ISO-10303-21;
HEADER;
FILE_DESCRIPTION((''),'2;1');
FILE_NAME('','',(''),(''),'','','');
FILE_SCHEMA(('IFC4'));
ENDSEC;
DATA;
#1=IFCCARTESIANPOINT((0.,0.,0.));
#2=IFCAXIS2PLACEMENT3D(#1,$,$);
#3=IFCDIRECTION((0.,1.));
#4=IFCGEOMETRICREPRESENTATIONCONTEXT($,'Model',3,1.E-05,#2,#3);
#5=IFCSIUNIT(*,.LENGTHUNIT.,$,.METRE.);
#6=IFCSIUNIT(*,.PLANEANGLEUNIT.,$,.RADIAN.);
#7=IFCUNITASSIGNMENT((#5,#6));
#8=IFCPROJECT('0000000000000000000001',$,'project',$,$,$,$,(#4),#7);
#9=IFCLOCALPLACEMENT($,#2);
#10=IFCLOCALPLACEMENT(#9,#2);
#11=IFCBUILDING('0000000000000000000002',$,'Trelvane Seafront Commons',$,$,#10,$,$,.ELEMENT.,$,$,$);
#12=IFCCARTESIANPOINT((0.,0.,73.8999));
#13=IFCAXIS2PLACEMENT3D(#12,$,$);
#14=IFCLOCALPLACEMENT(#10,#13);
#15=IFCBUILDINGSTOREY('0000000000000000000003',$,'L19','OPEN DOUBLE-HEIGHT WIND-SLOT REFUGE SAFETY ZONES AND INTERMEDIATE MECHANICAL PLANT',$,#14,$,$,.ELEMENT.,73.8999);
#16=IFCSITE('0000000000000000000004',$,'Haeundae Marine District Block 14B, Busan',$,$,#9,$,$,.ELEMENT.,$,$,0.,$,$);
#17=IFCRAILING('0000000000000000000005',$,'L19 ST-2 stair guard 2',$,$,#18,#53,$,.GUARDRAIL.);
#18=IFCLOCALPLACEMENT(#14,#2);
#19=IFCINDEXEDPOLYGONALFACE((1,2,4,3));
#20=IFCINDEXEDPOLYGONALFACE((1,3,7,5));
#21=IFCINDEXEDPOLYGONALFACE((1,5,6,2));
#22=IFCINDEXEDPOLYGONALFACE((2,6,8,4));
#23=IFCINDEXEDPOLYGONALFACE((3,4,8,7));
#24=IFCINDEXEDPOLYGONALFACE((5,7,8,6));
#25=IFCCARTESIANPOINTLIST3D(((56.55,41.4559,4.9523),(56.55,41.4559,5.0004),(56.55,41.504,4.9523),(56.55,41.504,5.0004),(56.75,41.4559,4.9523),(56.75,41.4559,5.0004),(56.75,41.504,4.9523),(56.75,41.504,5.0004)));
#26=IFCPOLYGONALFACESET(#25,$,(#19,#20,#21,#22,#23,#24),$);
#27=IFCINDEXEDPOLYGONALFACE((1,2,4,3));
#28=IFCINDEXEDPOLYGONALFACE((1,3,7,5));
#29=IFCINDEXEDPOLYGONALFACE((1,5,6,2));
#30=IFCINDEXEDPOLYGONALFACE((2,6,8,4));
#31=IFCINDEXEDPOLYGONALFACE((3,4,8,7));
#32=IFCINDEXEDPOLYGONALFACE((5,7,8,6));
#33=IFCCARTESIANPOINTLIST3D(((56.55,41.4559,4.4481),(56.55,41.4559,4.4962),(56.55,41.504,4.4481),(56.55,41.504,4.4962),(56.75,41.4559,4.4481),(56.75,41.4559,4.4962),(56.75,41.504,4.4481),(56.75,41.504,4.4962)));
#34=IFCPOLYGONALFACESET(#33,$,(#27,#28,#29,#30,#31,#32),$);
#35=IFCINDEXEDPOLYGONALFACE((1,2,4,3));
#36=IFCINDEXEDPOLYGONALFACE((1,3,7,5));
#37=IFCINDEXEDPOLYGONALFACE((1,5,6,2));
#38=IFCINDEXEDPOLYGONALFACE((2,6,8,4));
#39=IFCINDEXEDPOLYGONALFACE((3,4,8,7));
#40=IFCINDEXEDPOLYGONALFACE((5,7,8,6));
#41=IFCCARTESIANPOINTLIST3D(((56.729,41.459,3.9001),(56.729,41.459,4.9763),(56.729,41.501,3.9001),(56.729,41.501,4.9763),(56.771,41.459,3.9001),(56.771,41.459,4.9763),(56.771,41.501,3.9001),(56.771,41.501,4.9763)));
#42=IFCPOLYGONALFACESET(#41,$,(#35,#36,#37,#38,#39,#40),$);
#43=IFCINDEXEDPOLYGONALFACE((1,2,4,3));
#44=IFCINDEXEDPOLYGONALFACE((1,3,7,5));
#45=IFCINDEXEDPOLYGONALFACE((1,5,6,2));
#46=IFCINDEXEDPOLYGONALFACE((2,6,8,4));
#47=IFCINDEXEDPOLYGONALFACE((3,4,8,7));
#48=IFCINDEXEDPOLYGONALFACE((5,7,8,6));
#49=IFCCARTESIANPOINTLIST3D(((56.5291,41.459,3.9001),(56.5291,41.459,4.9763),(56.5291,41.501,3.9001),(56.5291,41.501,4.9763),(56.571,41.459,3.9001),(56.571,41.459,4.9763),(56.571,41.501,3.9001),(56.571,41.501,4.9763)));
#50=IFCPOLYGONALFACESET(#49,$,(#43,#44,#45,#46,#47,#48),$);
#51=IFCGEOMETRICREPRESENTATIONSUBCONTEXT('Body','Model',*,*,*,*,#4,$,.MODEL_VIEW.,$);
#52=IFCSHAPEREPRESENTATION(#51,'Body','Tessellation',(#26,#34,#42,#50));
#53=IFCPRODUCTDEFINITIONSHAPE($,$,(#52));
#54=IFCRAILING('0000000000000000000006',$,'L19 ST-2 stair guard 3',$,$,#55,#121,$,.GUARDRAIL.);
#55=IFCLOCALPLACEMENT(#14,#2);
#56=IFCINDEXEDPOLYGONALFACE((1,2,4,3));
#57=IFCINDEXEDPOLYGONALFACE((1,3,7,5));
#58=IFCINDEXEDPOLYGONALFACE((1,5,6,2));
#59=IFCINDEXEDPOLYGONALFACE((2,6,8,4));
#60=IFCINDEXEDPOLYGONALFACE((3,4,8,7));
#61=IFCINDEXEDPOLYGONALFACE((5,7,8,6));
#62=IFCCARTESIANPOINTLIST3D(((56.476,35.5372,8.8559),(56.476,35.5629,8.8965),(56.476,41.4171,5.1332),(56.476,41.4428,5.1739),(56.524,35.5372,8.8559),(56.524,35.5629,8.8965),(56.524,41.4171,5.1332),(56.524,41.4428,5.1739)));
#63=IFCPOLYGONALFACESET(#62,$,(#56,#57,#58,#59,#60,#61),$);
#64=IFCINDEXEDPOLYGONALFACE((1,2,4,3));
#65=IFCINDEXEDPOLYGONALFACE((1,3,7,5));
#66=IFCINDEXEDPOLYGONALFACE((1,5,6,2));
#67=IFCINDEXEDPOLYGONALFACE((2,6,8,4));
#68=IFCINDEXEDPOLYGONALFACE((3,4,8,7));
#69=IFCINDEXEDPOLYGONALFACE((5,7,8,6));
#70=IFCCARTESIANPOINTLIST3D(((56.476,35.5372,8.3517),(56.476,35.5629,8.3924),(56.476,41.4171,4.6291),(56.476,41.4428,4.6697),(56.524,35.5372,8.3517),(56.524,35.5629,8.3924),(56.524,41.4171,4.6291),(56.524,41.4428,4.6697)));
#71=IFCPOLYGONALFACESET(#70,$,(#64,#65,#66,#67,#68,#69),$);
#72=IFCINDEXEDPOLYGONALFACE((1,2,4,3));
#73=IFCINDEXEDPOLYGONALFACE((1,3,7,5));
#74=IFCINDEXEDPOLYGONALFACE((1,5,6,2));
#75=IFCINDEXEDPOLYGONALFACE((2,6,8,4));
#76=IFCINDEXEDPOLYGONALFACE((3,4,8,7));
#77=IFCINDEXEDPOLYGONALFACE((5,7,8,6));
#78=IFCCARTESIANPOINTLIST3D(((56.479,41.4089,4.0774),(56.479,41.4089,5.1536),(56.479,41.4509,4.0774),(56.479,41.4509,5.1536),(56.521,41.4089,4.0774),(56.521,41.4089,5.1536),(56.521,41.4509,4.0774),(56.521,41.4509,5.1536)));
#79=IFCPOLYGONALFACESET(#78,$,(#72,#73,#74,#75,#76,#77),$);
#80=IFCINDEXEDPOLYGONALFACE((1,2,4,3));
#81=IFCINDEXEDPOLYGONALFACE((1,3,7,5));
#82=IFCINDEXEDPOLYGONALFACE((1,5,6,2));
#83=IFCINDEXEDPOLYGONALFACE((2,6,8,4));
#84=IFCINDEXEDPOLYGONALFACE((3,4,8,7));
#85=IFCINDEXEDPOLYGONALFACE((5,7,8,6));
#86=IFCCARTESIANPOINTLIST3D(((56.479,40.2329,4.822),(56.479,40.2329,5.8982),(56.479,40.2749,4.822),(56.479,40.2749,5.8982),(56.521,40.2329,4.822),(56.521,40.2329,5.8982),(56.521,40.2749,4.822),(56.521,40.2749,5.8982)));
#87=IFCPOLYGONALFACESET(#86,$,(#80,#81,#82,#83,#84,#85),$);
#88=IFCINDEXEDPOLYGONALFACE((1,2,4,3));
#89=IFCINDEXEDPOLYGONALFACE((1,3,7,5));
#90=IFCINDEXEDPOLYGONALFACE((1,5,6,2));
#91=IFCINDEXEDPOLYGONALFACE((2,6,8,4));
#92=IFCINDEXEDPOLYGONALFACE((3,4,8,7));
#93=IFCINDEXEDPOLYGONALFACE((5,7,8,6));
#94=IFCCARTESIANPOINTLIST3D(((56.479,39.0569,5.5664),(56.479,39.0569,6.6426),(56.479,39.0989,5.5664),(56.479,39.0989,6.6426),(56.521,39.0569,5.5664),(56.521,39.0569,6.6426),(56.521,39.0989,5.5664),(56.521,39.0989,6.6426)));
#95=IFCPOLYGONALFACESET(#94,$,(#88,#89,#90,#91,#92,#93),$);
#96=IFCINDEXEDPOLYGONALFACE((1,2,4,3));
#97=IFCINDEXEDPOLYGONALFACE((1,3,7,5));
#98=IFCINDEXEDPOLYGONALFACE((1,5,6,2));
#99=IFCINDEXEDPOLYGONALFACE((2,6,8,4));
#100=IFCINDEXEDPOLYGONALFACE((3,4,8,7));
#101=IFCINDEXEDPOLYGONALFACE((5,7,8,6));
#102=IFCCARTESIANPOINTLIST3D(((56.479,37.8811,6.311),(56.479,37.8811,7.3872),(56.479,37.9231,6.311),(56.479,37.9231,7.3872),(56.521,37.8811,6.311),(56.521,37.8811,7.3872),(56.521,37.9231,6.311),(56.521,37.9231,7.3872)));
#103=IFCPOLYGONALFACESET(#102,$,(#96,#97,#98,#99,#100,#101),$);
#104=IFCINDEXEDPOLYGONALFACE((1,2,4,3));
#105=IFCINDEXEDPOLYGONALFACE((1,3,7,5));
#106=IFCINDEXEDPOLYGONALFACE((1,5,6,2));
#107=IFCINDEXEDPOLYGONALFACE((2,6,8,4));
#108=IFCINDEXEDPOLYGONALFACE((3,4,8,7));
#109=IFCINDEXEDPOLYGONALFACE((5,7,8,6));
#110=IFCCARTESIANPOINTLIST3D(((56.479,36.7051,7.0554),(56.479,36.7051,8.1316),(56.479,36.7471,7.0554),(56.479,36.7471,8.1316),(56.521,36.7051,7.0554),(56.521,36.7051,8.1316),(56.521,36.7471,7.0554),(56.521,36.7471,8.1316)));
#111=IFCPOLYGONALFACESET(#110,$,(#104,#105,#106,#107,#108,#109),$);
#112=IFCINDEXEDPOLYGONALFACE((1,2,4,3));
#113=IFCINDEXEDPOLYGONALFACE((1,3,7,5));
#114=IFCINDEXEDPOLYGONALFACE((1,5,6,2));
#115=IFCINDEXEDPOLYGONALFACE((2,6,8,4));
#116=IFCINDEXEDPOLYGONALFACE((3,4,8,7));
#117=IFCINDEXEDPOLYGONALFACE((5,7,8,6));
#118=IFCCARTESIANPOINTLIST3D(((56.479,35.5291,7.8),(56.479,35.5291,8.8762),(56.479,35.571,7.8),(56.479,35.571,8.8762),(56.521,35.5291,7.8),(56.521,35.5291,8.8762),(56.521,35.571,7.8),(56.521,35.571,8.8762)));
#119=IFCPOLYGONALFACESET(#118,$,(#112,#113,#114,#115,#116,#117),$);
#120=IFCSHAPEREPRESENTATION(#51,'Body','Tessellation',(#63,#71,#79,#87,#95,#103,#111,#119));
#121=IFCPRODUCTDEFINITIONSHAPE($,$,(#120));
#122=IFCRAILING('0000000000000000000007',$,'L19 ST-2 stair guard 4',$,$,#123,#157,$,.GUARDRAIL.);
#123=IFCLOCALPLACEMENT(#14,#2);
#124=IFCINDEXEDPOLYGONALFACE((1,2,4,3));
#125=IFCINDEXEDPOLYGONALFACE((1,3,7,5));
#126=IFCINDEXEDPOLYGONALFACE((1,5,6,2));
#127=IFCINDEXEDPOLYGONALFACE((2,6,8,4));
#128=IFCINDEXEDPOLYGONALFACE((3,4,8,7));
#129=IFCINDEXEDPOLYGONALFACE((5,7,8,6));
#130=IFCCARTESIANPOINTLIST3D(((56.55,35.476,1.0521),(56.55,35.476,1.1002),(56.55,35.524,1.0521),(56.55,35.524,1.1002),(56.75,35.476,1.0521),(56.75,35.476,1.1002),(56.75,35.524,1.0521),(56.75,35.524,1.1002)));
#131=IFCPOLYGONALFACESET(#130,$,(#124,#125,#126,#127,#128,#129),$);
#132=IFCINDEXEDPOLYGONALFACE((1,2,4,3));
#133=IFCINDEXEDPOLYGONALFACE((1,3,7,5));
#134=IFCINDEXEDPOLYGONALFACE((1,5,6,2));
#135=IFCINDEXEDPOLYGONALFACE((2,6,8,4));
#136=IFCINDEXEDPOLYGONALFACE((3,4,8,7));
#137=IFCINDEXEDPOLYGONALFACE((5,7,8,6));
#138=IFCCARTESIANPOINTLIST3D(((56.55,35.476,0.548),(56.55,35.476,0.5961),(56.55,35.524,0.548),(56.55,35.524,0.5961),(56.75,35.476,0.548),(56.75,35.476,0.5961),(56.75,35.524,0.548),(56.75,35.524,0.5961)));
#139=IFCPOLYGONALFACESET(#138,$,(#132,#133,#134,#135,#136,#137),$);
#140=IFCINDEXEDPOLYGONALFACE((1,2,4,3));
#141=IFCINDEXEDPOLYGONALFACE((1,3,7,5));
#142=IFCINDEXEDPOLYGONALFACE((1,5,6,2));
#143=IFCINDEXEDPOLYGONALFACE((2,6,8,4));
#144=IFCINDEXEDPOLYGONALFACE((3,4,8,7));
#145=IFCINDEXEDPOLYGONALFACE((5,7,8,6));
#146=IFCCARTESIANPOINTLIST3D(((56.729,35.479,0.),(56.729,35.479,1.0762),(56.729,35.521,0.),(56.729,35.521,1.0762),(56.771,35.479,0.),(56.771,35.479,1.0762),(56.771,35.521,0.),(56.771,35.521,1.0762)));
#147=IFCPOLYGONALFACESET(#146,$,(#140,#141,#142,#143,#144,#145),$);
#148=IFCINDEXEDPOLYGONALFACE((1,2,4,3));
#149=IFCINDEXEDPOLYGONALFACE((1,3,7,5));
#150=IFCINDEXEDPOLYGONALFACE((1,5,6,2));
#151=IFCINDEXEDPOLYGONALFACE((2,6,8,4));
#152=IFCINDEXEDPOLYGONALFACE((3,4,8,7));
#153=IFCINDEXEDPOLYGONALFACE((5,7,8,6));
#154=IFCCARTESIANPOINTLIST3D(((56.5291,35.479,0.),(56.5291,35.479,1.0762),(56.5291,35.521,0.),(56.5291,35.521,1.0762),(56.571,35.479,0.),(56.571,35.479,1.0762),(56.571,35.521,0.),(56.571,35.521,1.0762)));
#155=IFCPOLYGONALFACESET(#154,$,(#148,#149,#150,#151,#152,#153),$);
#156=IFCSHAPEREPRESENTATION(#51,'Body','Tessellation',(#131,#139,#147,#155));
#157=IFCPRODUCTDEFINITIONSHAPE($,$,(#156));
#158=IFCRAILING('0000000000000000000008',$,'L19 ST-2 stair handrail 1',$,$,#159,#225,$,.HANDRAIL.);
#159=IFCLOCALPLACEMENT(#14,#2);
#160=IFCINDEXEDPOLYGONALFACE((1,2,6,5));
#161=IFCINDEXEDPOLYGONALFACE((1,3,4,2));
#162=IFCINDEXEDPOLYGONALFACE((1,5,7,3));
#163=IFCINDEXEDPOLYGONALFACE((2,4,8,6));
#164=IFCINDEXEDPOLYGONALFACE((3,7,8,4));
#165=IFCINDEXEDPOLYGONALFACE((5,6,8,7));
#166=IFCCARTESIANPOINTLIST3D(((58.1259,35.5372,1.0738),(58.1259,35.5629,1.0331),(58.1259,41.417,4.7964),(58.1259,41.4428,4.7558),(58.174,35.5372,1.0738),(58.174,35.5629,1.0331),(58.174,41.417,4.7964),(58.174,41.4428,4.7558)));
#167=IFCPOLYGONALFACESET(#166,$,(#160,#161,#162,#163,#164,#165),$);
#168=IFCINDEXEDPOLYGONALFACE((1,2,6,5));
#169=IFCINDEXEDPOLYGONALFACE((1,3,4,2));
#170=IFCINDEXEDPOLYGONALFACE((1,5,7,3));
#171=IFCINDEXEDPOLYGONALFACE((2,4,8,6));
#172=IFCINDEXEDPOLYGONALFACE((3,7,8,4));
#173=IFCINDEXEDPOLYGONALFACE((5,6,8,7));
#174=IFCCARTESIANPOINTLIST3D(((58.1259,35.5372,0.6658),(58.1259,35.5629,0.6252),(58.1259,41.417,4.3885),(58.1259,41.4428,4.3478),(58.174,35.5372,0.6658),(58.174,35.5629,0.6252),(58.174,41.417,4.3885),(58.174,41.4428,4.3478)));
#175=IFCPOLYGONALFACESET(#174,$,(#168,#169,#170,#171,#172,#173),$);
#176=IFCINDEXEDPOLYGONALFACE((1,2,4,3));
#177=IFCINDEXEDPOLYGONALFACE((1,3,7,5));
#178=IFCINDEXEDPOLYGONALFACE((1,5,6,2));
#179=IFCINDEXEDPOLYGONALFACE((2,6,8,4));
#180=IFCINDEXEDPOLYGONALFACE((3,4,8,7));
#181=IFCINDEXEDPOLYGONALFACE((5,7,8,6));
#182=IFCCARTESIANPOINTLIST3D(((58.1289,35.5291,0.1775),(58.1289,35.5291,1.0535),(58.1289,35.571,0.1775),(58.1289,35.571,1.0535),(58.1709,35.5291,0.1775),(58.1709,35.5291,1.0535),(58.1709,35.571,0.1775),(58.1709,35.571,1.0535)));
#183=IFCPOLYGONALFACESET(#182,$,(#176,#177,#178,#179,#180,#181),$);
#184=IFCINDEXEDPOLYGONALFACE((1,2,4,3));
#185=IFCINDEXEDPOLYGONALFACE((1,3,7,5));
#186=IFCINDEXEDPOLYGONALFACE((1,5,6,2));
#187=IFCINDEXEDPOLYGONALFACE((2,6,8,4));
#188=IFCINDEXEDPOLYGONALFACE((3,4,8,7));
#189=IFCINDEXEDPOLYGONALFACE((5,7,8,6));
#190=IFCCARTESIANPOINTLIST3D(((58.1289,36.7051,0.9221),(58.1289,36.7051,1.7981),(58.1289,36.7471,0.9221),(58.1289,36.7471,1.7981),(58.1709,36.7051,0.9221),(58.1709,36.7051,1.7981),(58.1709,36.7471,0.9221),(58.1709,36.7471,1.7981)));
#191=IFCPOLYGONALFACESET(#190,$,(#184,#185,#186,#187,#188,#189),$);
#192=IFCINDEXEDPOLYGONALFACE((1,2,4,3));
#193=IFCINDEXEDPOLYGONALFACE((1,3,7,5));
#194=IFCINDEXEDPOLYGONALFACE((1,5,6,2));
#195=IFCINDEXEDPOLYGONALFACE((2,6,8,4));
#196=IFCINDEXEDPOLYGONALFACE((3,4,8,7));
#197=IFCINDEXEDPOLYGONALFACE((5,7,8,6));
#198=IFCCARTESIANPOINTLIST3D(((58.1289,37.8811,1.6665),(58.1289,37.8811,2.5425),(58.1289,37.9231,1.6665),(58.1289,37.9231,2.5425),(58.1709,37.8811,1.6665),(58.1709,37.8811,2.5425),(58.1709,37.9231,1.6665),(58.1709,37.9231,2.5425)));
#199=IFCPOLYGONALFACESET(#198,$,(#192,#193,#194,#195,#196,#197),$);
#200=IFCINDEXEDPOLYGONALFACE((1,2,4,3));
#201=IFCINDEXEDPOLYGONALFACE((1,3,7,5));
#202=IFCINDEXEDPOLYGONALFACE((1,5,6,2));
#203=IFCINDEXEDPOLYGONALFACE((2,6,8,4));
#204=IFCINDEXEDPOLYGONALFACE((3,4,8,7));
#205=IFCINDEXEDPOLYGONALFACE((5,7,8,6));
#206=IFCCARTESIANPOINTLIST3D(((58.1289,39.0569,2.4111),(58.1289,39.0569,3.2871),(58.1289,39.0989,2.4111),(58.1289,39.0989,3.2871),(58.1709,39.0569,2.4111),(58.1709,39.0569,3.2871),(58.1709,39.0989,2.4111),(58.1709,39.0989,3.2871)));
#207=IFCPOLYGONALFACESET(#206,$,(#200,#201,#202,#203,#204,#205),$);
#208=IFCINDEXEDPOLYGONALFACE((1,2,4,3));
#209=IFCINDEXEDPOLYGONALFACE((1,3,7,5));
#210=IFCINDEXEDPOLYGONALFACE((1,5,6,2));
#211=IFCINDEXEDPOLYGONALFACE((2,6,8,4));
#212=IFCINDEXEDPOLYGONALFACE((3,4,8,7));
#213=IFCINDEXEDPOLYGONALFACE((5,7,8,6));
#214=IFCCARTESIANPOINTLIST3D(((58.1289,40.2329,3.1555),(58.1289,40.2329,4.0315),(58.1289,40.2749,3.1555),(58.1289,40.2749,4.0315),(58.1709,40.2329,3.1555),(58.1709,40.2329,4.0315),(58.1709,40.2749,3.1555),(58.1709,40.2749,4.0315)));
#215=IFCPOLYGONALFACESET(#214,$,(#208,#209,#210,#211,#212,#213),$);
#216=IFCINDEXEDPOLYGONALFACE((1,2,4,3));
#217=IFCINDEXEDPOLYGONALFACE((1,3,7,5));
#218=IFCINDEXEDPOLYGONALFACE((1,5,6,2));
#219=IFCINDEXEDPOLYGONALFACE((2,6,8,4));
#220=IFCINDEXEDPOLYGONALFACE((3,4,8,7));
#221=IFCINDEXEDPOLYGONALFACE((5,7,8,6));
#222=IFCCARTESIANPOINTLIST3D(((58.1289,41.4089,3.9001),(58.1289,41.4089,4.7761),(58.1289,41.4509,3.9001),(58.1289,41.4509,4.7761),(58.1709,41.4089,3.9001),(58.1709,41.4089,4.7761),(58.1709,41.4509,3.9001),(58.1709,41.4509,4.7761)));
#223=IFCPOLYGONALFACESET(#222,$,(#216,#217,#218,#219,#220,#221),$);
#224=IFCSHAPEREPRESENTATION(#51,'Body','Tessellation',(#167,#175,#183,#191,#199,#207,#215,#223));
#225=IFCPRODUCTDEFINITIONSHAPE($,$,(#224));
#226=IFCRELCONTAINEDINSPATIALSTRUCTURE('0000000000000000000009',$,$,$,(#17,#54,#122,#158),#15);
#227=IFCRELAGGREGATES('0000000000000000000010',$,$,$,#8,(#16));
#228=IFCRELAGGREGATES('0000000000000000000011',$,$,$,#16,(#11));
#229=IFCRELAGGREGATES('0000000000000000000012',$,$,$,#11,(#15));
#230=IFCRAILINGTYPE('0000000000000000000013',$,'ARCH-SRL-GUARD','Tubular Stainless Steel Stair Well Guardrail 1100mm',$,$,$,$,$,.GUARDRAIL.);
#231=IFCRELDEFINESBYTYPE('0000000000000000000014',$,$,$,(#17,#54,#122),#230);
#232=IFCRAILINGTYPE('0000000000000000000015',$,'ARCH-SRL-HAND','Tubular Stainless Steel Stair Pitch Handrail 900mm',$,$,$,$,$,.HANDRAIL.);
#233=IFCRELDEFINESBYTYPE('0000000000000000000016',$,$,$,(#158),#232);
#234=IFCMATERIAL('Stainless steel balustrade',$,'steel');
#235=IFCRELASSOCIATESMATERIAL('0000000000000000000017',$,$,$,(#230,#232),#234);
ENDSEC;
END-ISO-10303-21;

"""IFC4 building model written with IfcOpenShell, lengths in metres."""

from ifc_helpers import new_model, si_unit, direction, frame, origin, origin_2d, place, context, subcontext, project, spatial, rectangle, extrude, material, type_object, element, save


model = new_model("IFC4")

# Units and contexts
model_context = context("Model", 3, precision=1e-05, world=origin(), true_north=direction((0.0, 1.0)))
body_context = subcontext(model_context, "Body", "Model", "MODEL_VIEW")
ifc_project = project(units=[si_unit("LENGTHUNIT", "METRE"), si_unit("PLANEANGLEUNIT", "RADIAN")], contexts=[model_context])

# Site, building, storey
site_placement = place(None, origin())
site = spatial("IfcSite", under=ifc_project, at=site_placement, Name="Haeundae Marine District Block 14B, Busan", CompositionType="ELEMENT", RefElevation=0.0)
building_placement = place(site_placement, origin())
building = spatial("IfcBuilding", under=site, at=building_placement, Name="Trelvane Seafront Commons", CompositionType="ELEMENT")
storey_placement = place(building_placement, frame((0.0, 0.0, 73.8999)))
storey = spatial("IfcBuildingStorey", under=building, at=storey_placement, Name="L19", Description="OPEN DOUBLE-HEIGHT WIND-SLOT REFUGE SAFETY ZONES AND INTERMEDIATE MECHANICAL PLANT", CompositionType="ELEMENT", Elevation=73.8999)

# Railings
ifc_material_1 = material(Name="Stainless steel balustrade", Category="steel")
railing_type_1 = type_object("IfcRailingType", Name="ARCH-SRL-GUARD", Description="Tubular Stainless Steel Stair Well Guardrail 1100mm", PredefinedType="GUARDRAIL", material=ifc_material_1)
railing_1_placement = place(storey_placement, frame((56.75, 41.48, 3.9001)))
element("IfcRailing", 1, at=railing_1_placement, inside=storey, type_object=railing_type_1, Name="L19 ST-2 stair guard 2", PredefinedType="GUARDRAIL", context=body_context, shape_type="SweptSolid", body=[
    extrude(rectangle(XDim=0.0481, YDim=0.0481, at=origin_2d()), frame((0.0, 0.0, 1.0762), z_axis=(-1.0, 0.0, 0.0), x_axis=(0.0, -1.0, 0.0)), (0.0, 0.0, 1.0), 0.2),
    extrude(rectangle(XDim=0.0481, YDim=0.0481, at=origin_2d()), frame((0.0, 0.0, 0.572), z_axis=(-1.0, 0.0, 0.0), x_axis=(0.0, -1.0, 0.0)), (0.0, 0.0, 1.0), 0.2),
    extrude(rectangle(XDim=0.042, YDim=0.042, at=origin_2d()), origin(), (0.0, 0.0, 1.0), 1.0762),
    extrude(rectangle(XDim=0.042, YDim=0.042, at=origin_2d()), frame((-0.2, 0.0, 0.0)), (0.0, 0.0, 1.0), 1.0762),
])
railing_2_placement = place(storey_placement, frame((56.5, 41.4299, 4.0774)))
element("IfcRailing", 2, at=railing_2_placement, inside=storey, type_object=railing_type_1, Name="L19 ST-2 stair guard 3", PredefinedType="GUARDRAIL", context=body_context, shape_type="SweptSolid", body=[
    extrude(rectangle(XDim=0.0481, YDim=0.0481, at=origin_2d()), frame((0.0, 0.0, 1.0762), z_axis=(0.0, -0.844902, 0.534922), x_axis=(1.0, 0.0, 0.0)), (0.0, 0.0, 1.0), 6.9592),
    extrude(rectangle(XDim=0.0481, YDim=0.0481, at=origin_2d()), frame((0.0, 0.0, 0.572), z_axis=(0.0, -0.844902, 0.534922), x_axis=(1.0, 0.0, 0.0)), (0.0, 0.0, 1.0), 6.9592),
    extrude(rectangle(XDim=0.042, YDim=0.042, at=origin_2d()), origin(), (0.0, 0.0, 1.0), 1.0762),
    extrude(rectangle(XDim=0.042, YDim=0.042, at=origin_2d()), frame((0.0, -1.176, 0.7446)), (0.0, 0.0, 1.0), 1.0762),
    extrude(rectangle(XDim=0.042, YDim=0.042, at=origin_2d()), frame((0.0, -2.3521, 1.489)), (0.0, 0.0, 1.0), 1.0762),
    extrude(rectangle(XDim=0.042, YDim=0.042, at=origin_2d()), frame((0.0, -3.5278, 2.2336)), (0.0, 0.0, 1.0), 1.0762),
    extrude(rectangle(XDim=0.042, YDim=0.042, at=origin_2d()), frame((0.0, -4.7039, 2.978)), (0.0, 0.0, 1.0), 1.0762),
    extrude(rectangle(XDim=0.042, YDim=0.042, at=origin_2d()), frame((0.0, -5.8799, 3.7227)), (0.0, 0.0, 1.0), 1.0762),
])
railing_3_placement = place(storey_placement, frame((56.75, 35.5, 0.0)))
element("IfcRailing", 3, at=railing_3_placement, inside=storey, type_object=railing_type_1, Name="L19 ST-2 stair guard 4", PredefinedType="GUARDRAIL", context=body_context, shape_type="SweptSolid", body=[
    extrude(rectangle(XDim=0.0481, YDim=0.0481, at=origin_2d()), frame((0.0, 0.0, 1.0762), z_axis=(-1.0, 0.0, 0.0), x_axis=(0.0, -1.0, 0.0)), (0.0, 0.0, 1.0), 0.2),
    extrude(rectangle(XDim=0.0481, YDim=0.0481, at=origin_2d()), frame((0.0, 0.0, 0.572), z_axis=(-1.0, 0.0, 0.0), x_axis=(0.0, -1.0, 0.0)), (0.0, 0.0, 1.0), 0.2),
    extrude(rectangle(XDim=0.042, YDim=0.042, at=origin_2d()), origin(), (0.0, 0.0, 1.0), 1.0762),
    extrude(rectangle(XDim=0.042, YDim=0.042, at=origin_2d()), frame((-0.2, 0.0, 0.0)), (0.0, 0.0, 1.0), 1.0762),
])
railing_type_2 = type_object("IfcRailingType", Name="ARCH-SRL-HAND", Description="Tubular Stainless Steel Stair Pitch Handrail 900mm", PredefinedType="HANDRAIL", material=ifc_material_1)
railing_4_placement = place(storey_placement, frame((58.1499, 35.55, 0.1775)))
element("IfcRailing", 4, at=railing_4_placement, inside=storey, type_object=railing_type_2, Name="L19 ST-2 stair handrail 1", PredefinedType="HANDRAIL", context=body_context, shape_type="SweptSolid", body=[
    extrude(rectangle(XDim=0.0481, YDim=0.0481, at=origin_2d()), frame((0.0, 0.0, 0.876), z_axis=(0.0, 0.844902, 0.534922), x_axis=(-1.0, 0.0, 0.0)), (0.0, 0.0, 1.0), 6.9592),
    extrude(rectangle(XDim=0.0481, YDim=0.0481, at=origin_2d()), frame((0.0, 0.0, 0.468), z_axis=(0.0, 0.844902, 0.534922), x_axis=(-1.0, 0.0, 0.0)), (0.0, 0.0, 1.0), 6.9592),
    extrude(rectangle(XDim=0.042, YDim=0.042, at=origin_2d()), origin(), (0.0, 0.0, 1.0), 0.876),
    extrude(rectangle(XDim=0.042, YDim=0.042, at=origin_2d()), frame((0.0, 1.176, 0.7446)), (0.0, 0.0, 1.0), 0.876),
    extrude(rectangle(XDim=0.042, YDim=0.042, at=origin_2d()), frame((0.0, 2.3521, 1.489)), (0.0, 0.0, 1.0), 0.876),
    extrude(rectangle(XDim=0.042, YDim=0.042, at=origin_2d()), frame((0.0, 3.5278, 2.2336)), (0.0, 0.0, 1.0), 0.876),
    extrude(rectangle(XDim=0.042, YDim=0.042, at=origin_2d()), frame((0.0, 4.7039, 2.978)), (0.0, 0.0, 1.0), 0.876),
    extrude(rectangle(XDim=0.042, YDim=0.042, at=origin_2d()), frame((0.0, 5.8799, 3.7227)), (0.0, 0.0, 1.0), 0.876),
])

save(model, "model.ifc")
